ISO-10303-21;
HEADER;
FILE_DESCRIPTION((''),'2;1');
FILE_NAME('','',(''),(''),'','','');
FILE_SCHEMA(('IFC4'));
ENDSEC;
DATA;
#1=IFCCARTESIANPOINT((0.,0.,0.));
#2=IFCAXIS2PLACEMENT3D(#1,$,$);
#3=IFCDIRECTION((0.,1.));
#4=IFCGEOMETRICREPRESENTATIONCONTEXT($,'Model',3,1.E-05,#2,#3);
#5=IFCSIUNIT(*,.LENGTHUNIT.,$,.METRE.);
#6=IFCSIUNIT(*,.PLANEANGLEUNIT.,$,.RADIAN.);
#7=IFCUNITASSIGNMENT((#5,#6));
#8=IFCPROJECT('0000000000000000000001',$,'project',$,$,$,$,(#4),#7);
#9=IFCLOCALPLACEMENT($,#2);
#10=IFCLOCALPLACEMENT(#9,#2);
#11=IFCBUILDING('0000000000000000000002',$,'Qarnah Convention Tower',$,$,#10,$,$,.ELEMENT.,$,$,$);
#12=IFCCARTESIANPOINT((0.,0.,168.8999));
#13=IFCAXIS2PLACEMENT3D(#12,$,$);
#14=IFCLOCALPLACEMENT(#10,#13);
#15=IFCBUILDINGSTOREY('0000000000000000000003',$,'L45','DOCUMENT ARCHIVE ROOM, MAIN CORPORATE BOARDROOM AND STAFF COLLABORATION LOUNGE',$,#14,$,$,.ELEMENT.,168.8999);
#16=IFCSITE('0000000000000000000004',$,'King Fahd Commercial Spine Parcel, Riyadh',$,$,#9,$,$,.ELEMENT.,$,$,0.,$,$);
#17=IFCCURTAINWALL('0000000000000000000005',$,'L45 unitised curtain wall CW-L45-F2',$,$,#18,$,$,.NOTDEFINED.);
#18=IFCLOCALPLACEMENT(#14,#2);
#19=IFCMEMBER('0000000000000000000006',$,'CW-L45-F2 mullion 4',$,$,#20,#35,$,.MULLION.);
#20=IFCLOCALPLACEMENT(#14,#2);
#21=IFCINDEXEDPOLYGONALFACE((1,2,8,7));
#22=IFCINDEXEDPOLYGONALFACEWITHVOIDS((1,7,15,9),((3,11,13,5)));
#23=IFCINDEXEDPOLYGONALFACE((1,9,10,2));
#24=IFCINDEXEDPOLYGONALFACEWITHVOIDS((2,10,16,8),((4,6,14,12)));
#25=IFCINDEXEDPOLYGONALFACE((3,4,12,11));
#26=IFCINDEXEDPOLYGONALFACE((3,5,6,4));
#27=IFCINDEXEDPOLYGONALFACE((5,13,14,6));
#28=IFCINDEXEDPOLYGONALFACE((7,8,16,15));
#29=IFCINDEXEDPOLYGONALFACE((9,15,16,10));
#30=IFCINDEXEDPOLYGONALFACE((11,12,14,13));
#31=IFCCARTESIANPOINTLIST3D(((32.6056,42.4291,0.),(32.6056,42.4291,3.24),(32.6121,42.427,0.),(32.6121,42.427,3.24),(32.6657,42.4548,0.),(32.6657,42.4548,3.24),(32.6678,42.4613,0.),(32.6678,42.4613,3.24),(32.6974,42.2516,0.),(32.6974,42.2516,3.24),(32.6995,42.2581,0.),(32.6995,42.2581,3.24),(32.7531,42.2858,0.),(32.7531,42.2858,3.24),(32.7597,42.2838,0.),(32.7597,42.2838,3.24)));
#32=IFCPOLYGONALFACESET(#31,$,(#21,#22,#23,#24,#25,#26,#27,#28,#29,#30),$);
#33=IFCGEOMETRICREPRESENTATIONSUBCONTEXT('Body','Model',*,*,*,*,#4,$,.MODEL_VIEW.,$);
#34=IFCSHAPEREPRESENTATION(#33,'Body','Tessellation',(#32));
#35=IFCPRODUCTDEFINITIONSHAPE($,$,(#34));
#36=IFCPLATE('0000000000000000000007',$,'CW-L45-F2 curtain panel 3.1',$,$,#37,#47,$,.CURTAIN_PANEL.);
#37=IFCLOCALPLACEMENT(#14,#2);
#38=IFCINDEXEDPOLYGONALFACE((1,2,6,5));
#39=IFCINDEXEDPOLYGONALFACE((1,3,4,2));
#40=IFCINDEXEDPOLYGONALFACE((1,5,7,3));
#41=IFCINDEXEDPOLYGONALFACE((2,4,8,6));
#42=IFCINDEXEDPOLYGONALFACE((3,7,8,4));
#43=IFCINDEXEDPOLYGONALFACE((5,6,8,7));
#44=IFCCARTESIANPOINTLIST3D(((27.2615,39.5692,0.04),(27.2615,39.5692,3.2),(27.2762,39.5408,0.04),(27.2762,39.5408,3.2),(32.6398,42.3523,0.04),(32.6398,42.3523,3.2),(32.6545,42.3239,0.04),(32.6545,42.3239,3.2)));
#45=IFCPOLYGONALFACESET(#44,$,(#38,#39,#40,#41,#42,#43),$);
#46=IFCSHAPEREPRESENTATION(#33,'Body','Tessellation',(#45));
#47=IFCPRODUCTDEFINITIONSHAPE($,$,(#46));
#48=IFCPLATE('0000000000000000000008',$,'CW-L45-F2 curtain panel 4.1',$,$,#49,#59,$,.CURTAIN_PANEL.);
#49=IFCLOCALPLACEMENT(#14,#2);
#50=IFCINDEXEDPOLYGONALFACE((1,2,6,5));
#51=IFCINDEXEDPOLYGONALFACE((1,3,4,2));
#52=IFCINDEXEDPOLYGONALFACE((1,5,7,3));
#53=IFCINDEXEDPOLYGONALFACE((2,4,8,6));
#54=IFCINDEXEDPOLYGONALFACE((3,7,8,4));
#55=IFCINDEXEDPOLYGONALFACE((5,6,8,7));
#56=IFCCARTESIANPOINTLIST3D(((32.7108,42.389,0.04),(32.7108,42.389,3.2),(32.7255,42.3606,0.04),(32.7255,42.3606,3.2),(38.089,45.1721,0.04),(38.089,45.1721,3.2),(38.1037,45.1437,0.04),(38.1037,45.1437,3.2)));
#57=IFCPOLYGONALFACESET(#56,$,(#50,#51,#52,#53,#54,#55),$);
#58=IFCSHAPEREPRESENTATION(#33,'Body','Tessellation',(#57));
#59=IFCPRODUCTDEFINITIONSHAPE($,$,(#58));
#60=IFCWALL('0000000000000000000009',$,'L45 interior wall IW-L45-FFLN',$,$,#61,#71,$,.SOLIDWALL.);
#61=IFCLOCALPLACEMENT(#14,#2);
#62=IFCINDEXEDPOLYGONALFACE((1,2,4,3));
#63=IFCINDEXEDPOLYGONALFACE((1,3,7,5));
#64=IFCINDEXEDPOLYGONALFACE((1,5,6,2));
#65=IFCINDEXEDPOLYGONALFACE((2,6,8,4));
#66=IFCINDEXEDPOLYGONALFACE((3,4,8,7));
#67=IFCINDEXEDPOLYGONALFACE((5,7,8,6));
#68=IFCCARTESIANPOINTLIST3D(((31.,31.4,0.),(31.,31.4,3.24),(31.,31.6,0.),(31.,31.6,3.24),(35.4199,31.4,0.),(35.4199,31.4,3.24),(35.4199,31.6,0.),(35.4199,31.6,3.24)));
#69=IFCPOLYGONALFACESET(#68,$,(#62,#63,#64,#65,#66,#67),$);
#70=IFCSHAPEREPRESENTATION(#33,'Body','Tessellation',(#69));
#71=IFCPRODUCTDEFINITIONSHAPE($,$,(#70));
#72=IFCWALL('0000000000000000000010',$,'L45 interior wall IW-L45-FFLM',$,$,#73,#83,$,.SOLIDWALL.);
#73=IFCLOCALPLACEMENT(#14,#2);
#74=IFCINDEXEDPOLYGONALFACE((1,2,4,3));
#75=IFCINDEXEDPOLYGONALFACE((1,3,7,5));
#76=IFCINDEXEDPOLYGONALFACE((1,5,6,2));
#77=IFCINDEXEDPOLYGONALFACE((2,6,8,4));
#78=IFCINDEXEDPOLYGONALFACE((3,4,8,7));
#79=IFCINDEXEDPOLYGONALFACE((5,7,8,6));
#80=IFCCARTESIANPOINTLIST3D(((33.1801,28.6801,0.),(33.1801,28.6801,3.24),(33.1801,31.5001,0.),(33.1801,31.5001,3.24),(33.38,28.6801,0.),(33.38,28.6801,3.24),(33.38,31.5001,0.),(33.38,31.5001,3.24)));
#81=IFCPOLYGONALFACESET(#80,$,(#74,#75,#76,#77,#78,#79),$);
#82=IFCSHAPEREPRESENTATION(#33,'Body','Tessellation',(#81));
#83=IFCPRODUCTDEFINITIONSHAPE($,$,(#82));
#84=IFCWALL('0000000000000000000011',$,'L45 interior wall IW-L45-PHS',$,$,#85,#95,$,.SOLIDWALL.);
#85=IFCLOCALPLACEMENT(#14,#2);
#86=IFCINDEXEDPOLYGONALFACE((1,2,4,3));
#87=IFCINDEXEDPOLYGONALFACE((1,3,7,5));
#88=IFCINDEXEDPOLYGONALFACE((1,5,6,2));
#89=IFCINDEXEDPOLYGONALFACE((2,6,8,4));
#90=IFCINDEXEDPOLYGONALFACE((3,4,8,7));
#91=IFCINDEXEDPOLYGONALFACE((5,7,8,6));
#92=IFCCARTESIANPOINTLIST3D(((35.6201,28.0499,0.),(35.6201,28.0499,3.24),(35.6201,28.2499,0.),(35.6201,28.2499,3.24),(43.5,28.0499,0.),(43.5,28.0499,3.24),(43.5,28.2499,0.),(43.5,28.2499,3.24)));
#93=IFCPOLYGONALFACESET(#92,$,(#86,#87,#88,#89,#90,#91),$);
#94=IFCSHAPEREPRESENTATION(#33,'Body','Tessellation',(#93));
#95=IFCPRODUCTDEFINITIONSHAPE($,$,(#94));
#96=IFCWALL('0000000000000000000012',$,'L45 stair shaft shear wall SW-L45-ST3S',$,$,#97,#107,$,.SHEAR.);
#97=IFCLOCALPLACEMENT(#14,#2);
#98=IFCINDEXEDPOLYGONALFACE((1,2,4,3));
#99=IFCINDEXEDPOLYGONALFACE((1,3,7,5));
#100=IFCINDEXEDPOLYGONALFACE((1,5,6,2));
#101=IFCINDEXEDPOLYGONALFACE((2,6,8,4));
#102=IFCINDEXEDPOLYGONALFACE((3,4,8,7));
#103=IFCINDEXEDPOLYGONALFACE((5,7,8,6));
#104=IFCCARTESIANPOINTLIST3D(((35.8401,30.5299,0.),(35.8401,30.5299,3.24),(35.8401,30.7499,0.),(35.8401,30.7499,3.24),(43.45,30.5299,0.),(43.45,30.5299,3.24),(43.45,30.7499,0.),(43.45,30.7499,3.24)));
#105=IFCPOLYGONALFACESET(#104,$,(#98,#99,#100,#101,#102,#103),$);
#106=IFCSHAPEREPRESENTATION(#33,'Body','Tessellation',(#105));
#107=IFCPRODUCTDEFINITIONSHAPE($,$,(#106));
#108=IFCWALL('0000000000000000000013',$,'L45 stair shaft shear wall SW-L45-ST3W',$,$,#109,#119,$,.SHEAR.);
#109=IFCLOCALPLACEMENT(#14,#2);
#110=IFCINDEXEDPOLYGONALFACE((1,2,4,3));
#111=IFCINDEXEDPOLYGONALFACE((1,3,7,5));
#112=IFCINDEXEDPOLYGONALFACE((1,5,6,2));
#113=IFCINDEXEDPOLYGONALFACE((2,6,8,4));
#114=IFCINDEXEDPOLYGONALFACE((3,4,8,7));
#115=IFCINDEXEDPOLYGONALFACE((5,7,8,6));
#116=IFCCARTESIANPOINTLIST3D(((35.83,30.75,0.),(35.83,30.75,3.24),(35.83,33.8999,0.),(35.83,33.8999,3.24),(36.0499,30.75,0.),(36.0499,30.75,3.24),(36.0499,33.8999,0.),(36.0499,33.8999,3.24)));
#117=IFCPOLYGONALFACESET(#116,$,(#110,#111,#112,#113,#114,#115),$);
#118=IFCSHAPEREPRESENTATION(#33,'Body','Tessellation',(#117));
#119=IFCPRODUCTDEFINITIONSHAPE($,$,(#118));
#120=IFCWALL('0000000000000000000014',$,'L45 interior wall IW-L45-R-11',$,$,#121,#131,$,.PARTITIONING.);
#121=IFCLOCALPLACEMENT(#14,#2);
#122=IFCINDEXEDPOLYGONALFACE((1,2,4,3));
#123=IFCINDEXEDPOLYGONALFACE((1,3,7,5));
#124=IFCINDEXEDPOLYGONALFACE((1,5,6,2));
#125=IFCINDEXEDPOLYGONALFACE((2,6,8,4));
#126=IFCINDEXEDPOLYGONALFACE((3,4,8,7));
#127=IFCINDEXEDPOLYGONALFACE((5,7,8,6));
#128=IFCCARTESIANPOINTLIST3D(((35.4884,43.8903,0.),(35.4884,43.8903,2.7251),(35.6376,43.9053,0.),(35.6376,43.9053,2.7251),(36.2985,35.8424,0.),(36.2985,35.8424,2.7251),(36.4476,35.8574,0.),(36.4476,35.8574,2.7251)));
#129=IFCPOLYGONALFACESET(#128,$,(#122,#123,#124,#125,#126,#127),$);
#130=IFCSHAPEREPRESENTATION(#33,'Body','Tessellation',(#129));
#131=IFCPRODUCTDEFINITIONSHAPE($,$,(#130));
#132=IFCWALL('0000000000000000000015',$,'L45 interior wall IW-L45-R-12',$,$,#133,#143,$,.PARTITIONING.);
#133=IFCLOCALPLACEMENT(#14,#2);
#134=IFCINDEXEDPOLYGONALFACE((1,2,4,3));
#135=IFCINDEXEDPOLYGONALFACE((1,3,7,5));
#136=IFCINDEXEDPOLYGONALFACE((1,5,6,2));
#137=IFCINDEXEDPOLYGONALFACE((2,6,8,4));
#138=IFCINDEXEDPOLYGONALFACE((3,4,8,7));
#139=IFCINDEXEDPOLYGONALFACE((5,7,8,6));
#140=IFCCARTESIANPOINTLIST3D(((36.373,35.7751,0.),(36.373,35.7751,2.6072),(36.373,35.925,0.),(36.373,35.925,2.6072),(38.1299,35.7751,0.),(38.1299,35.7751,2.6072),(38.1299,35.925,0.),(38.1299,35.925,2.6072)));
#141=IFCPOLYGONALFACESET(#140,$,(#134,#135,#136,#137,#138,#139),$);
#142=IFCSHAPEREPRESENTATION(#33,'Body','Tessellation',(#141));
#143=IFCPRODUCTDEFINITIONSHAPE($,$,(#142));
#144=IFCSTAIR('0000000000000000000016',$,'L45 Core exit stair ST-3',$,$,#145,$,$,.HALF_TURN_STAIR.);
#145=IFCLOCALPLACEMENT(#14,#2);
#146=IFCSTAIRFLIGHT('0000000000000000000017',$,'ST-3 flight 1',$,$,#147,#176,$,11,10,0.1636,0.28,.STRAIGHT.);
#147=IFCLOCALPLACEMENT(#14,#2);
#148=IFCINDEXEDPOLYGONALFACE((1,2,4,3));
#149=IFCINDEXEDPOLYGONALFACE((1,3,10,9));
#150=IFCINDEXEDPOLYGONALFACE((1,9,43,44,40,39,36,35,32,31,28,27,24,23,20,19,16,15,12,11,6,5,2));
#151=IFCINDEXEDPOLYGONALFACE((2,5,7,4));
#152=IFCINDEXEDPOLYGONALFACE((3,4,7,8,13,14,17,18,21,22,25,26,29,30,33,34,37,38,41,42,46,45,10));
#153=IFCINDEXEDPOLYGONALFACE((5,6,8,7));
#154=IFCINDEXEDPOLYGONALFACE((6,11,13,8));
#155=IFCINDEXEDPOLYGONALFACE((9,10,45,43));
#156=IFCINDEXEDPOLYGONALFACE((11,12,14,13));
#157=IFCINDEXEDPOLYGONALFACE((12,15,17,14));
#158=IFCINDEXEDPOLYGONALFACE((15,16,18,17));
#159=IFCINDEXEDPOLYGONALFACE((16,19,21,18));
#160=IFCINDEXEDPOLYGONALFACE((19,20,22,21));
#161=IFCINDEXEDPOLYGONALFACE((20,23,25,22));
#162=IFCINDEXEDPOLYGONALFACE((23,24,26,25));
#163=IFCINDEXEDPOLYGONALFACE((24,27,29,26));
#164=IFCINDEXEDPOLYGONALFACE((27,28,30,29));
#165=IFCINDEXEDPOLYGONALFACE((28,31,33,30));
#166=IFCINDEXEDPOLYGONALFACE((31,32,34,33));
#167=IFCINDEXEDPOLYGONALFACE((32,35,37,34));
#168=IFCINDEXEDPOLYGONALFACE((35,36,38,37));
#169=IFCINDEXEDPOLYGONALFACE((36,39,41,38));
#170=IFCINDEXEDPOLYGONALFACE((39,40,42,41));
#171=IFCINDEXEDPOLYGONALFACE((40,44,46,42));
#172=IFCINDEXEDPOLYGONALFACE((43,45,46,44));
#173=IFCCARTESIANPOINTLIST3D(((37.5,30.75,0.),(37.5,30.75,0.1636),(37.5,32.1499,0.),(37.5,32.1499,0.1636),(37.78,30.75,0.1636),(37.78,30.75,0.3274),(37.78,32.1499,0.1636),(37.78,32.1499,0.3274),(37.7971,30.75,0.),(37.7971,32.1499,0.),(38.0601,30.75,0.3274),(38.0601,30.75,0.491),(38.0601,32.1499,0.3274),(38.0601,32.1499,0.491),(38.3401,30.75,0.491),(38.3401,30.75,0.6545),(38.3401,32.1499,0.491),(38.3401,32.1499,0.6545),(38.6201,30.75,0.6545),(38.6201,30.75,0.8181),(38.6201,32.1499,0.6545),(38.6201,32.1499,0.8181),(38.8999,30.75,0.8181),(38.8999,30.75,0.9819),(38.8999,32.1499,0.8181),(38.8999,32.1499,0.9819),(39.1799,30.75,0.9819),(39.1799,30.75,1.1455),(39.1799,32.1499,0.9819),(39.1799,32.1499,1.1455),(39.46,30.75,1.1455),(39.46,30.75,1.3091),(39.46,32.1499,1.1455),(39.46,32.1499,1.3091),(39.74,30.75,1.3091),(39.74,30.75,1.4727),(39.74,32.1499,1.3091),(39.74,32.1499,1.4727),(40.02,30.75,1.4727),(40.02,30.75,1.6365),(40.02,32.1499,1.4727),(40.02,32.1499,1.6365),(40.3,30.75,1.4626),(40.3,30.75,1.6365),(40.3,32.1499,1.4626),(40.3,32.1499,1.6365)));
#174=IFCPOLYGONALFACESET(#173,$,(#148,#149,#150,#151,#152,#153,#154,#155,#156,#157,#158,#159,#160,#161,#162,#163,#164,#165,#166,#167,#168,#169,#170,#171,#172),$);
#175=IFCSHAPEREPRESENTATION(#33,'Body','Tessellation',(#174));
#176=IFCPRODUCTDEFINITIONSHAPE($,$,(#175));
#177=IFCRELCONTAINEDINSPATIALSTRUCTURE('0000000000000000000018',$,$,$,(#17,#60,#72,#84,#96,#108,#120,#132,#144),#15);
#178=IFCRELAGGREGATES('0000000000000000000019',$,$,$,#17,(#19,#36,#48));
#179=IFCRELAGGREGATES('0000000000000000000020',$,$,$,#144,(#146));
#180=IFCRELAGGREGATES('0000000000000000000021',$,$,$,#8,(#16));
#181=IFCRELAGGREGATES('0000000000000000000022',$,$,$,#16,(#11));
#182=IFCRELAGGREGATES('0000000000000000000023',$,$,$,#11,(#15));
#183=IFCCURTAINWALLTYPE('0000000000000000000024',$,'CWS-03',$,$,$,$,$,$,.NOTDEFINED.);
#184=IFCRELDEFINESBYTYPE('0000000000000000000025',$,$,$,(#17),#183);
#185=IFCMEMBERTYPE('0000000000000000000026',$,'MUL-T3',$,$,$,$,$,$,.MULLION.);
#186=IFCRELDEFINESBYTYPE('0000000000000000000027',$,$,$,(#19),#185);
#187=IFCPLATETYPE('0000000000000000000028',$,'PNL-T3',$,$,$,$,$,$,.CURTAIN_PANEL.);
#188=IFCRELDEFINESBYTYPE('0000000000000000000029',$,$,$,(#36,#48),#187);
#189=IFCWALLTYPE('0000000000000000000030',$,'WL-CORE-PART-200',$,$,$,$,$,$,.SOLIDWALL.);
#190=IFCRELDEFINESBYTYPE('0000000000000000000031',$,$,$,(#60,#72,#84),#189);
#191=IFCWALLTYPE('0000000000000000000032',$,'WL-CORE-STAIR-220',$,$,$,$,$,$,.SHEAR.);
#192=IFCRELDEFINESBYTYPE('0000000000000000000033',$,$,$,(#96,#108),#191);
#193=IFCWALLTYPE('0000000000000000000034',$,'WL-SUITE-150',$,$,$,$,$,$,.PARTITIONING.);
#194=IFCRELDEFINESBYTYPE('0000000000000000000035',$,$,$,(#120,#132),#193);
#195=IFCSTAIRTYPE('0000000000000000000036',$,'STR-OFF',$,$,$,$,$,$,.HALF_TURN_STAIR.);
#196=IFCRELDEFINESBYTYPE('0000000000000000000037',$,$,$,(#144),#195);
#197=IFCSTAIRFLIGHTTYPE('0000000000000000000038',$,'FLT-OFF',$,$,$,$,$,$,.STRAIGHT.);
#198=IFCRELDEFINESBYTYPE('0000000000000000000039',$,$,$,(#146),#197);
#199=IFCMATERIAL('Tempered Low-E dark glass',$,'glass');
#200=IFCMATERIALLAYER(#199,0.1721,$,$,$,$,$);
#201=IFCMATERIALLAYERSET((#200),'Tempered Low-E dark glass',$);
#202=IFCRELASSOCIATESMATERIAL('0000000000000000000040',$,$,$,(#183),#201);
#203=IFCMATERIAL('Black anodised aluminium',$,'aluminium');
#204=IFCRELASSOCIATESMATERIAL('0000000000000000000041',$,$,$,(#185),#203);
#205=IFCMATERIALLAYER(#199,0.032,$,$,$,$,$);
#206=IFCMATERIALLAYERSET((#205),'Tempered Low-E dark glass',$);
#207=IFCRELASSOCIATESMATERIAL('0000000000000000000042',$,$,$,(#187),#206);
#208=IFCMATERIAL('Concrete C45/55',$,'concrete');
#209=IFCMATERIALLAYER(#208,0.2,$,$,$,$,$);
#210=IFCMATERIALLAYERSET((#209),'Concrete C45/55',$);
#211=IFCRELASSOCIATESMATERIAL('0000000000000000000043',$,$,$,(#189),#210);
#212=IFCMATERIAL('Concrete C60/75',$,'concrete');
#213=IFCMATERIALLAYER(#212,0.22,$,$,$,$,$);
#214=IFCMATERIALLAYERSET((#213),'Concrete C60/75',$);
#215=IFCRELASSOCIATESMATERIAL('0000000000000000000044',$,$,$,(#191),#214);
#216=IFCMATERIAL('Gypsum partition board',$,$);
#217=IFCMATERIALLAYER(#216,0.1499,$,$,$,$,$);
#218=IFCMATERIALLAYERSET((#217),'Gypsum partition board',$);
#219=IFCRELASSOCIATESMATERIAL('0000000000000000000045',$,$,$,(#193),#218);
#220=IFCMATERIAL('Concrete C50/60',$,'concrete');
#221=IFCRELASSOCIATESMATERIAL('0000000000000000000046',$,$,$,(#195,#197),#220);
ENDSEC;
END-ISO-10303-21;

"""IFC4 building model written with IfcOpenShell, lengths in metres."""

from ifc_helpers import new_model, si_unit, direction, frame, frame_2d, origin, origin_2d, place, context, subcontext, project, spatial, polyline, rectangle, hollow_rectangle, outline, extrude, material, layer, layer_set, material_profile, profile_set, type_object, element, aggregate, save


model = new_model("IFC4")

# Units and contexts
model_context = context("Model", 3, precision=1e-05, world=origin(), true_north=direction((0.0, 1.0)))
body_context = subcontext(model_context, "Body", "Model", "MODEL_VIEW")
ifc_project = project(units=[si_unit("LENGTHUNIT", "METRE"), si_unit("PLANEANGLEUNIT", "RADIAN")], contexts=[model_context])

# Site, building, storey
site_placement = place(None, origin())
site = spatial("IfcSite", under=ifc_project, at=site_placement, Name="King Fahd Commercial Spine Parcel, Riyadh", CompositionType="ELEMENT", RefElevation=0.0)
building_placement = place(site_placement, origin())
building = spatial("IfcBuilding", under=site, at=building_placement, Name="Qarnah Convention Tower", CompositionType="ELEMENT")
storey_placement = place(building_placement, frame((0.0, 0.0, 168.8999)))
storey = spatial("IfcBuildingStorey", under=building, at=storey_placement, Name="L45", Description="DOCUMENT ARCHIVE ROOM, MAIN CORPORATE BOARDROOM AND STAFF COLLABORATION LOUNGE", CompositionType="ELEMENT", Elevation=168.8999)

# Shared definitions
ifc_material_1 = material(Name="Concrete C60/75", Category="concrete")

# Curtain wall, member, plates
ifc_material_2 = material(Name="Tempered Low-E dark glass", Category="glass")
ifc_layer_1 = layer(ifc_material_2, 0.1721)
ifc_layer_set_1 = layer_set([ifc_layer_1], Name="Tempered Low-E dark glass")
curtain_wall_type = type_object("IfcCurtainWallType", Name="CWS-03", PredefinedType="NOTDEFINED", material=ifc_layer_set_1)
curtain_wall_placement = place(storey_placement, origin())
curtain_wall = element("IfcCurtainWall", 1, at=curtain_wall_placement, inside=storey, type_object=curtain_wall_type, Name="L45 unitised curtain wall CW-L45-F2", PredefinedType="NOTDEFINED")
ifc_material_3 = material(Name="Black anodised aluminium", Category="aluminium")
ifc_material_profile_1 = material_profile(ifc_material_3, hollow_rectangle(XDim=0.0701, YDim=0.2, WallThickness=0.0049, at=origin_2d()), Name="MUL-70X200")
ifc_profile_set_1 = profile_set([ifc_material_profile_1], Name="Black anodised aluminium")
member_type = type_object("IfcMemberType", Name="MUL-T3", PredefinedType="MULLION", material=ifc_profile_set_1)
member_placement = place(storey_placement, frame((32.6826, 42.3564, 0.0), z_axis=(0.0, 0.0, 1.0), x_axis=(0.888135, 0.459583, 0.0)))
member = element("IfcMember", 2, at=member_placement, type_object=member_type, Name="CW-L45-F2 mullion 4", PredefinedType="MULLION", context=body_context, shape_type="SweptSolid", body=[
    extrude(hollow_rectangle(XDim=0.0701, YDim=0.2, WallThickness=0.0049, at=origin_2d()), origin(), (0.0, 0.0, 1.0), 3.24),
])
ifc_layer_2 = layer(ifc_material_2, 0.032)
ifc_layer_set_2 = layer_set([ifc_layer_2], Name="Tempered Low-E dark glass")
plate_type = type_object("IfcPlateType", Name="PNL-T3", PredefinedType="CURTAIN_PANEL", material=ifc_layer_set_2)
plate_1_placement = place(storey_placement, frame((29.958, 40.9465, 0.04), z_axis=(0.0, 0.0, 1.0), x_axis=(0.888135, 0.459583, 0.0)))
plate_1 = element("IfcPlate", 3, at=plate_1_placement, type_object=plate_type, Name="CW-L45-F2 curtain panel 3.1", PredefinedType="CURTAIN_PANEL", context=body_context, shape_type="SweptSolid", body=[
    extrude(rectangle(XDim=6.0557, YDim=0.032, at=origin_2d()), origin(), (0.0, 0.0, 1.0), 3.1599),
])
plate_2_placement = place(storey_placement, frame((35.4072, 43.7664, 0.04), z_axis=(0.0, 0.0, 1.0), x_axis=(0.888135, 0.459583, 0.0)))
plate_2 = element("IfcPlate", 4, at=plate_2_placement, type_object=plate_type, Name="CW-L45-F2 curtain panel 4.1", PredefinedType="CURTAIN_PANEL", context=body_context, shape_type="SweptSolid", body=[
    extrude(rectangle(XDim=6.0557, YDim=0.032, at=origin_2d()), origin(), (0.0, 0.0, 1.0), 3.1599),
])
aggregate(curtain_wall, [member, plate_1, plate_2])

# Shared definitions
ifc_material_4 = material(Name="Concrete C45/55", Category="concrete")
ifc_layer_3 = layer(ifc_material_4, 0.2)
ifc_layer_set_3 = layer_set([ifc_layer_3], Name="Concrete C45/55")
wall_type_1 = type_object("IfcWallType", Name="WL-CORE-PART-200", PredefinedType="SOLIDWALL", material=ifc_layer_set_3)

# Walls
wall_1_placement = place(storey_placement, frame((31.0, 31.5, 0.0), z_axis=(0.0, 0.0, 1.0), x_axis=(1.0, 0.0, 0.0)))
element("IfcWall", 5, at=wall_1_placement, inside=storey, type_object=wall_type_1, Name="L45 interior wall IW-L45-FFLN", PredefinedType="SOLIDWALL", context=body_context, shape_type="SweptSolid", body=[
    extrude(rectangle(XDim=4.4199, YDim=0.2, at=frame_2d((2.21, 0.0))), origin(), (0.0, 0.0, 1.0), 3.24),
])
wall_2_placement = place(storey_placement, frame((33.28, 28.6799, 0.0), z_axis=(0.0, 0.0, 1.0), x_axis=(0.0, 1.0, 0.0)))
element("IfcWall", 6, at=wall_2_placement, inside=storey, type_object=wall_type_1, Name="L45 interior wall IW-L45-FFLM", PredefinedType="SOLIDWALL", context=body_context, shape_type="SweptSolid", body=[
    extrude(rectangle(XDim=2.8201, YDim=0.2, at=frame_2d((1.4102, 0.0))), origin(), (0.0, 0.0, 1.0), 3.24),
])
wall_3_placement = place(storey_placement, frame((35.6201, 28.1499, 0.0), z_axis=(0.0, 0.0, 1.0), x_axis=(1.0, 0.0, 0.0)))
element("IfcWall", 7, at=wall_3_placement, inside=storey, type_object=wall_type_1, Name="L45 interior wall IW-L45-PHS", PredefinedType="SOLIDWALL", context=body_context, shape_type="SweptSolid", body=[
    extrude(rectangle(XDim=7.8799, YDim=0.2, at=frame_2d((3.9399, 0.0))), origin(), (0.0, 0.0, 1.0), 3.24),
])

# Walls
ifc_layer_4 = layer(ifc_material_1, 0.22)
ifc_layer_set_4 = layer_set([ifc_layer_4], Name="Concrete C60/75")
wall_type_2 = type_object("IfcWallType", Name="WL-CORE-STAIR-220", PredefinedType="SHEAR", material=ifc_layer_set_4)
wall_4_placement = place(storey_placement, frame((35.8401, 30.6399, 0.0), z_axis=(0.0, 0.0, 1.0), x_axis=(1.0, 0.0, 0.0)))
element("IfcWall", 8, at=wall_4_placement, inside=storey, type_object=wall_type_2, Name="L45 stair shaft shear wall SW-L45-ST3S", PredefinedType="SHEAR", context=body_context, shape_type="SweptSolid", body=[
    extrude(rectangle(XDim=7.6099, YDim=0.22, at=frame_2d((3.8049, 0.0))), origin(), (0.0, 0.0, 1.0), 3.24),
])
wall_5_placement = place(storey_placement, frame((35.9399, 30.75, 0.0), z_axis=(0.0, 0.0, 1.0), x_axis=(0.0, 1.0, 0.0)))
element("IfcWall", 9, at=wall_5_placement, inside=storey, type_object=wall_type_2, Name="L45 stair shaft shear wall SW-L45-ST3W", PredefinedType="SHEAR", context=body_context, shape_type="SweptSolid", body=[
    extrude(rectangle(XDim=3.1499, YDim=0.22, at=frame_2d((1.575, 0.0))), origin(), (0.0, 0.0, 1.0), 3.24),
])
ifc_material_5 = material(Name="Gypsum partition board")
ifc_layer_5 = layer(ifc_material_5, 0.1499)
ifc_layer_set_5 = layer_set([ifc_layer_5], Name="Gypsum partition board")
wall_type_3 = type_object("IfcWallType", Name="WL-SUITE-150", PredefinedType="PARTITIONING", material=ifc_layer_set_5)
wall_6_placement = place(storey_placement, frame((35.563, 43.8979, 0.0), z_axis=(0.0, 0.0, 1.0), x_axis=(0.100149, -0.994972, 0.0)))
element("IfcWall", 10, at=wall_6_placement, inside=storey, type_object=wall_type_3, Name="L45 interior wall IW-L45-R-11", PredefinedType="PARTITIONING", context=body_context, shape_type="SweptSolid", body=[
    extrude(rectangle(XDim=8.0886, YDim=0.1499, at=frame_2d((4.0444, 0.0))), origin(), (0.0, 0.0, 1.0), 2.7251),
])
wall_7_placement = place(storey_placement, frame((36.373, 35.8501, 0.0), z_axis=(0.0, 0.0, 1.0), x_axis=(1.0, 0.0, 0.0)))
element("IfcWall", 11, at=wall_7_placement, inside=storey, type_object=wall_type_3, Name="L45 interior wall IW-L45-R-12", PredefinedType="PARTITIONING", context=body_context, shape_type="SweptSolid", body=[
    extrude(rectangle(XDim=1.7568, YDim=0.1499, at=frame_2d((0.8784, 0.0))), origin(), (0.0, 0.0, 1.0), 2.6072),
])

# Stair, stair flight
ifc_material_6 = material(Name="Concrete C50/60", Category="concrete")
stair_type = type_object("IfcStairType", Name="STR-OFF", PredefinedType="HALF_TURN_STAIR", material=ifc_material_6)
stair_placement = place(storey_placement, origin())
stair = element("IfcStair", 12, at=stair_placement, inside=storey, type_object=stair_type, Name="L45 Core exit stair ST-3", PredefinedType="HALF_TURN_STAIR")
stair_flight_type = type_object("IfcStairFlightType", Name="FLT-OFF", PredefinedType="STRAIGHT", material=ifc_material_6)
stair_flight_placement = place(storey_placement, frame((37.5, 31.45, 0.0), z_axis=(0.0, 0.0, 1.0), x_axis=(1.0, 0.0, 0.0)))
stair_flight = element("IfcStairFlight", 13, at=stair_flight_placement, type_object=stair_flight_type, Name="ST-3 flight 1", NumberOfRisers=11, NumberOfTreads=10, PredefinedType="STRAIGHT", RiserHeight=0.1636, TreadLength=0.28, context=body_context, shape_type="SweptSolid", body=[
    extrude(outline(polyline([(0.0, 0.0), (0.0, 0.1636), (0.28, 0.1636), (0.28, 0.3274), (0.5601, 0.3274), (0.5601, 0.491), (0.8401, 0.491), (0.8401, 0.6545), (1.1201, 0.6545), (1.1201, 0.8181), (1.3999, 0.8181), (1.3999, 0.9819), (1.6799, 0.9819), (1.6799, 1.1455), (1.96, 1.1455), (1.96, 1.3091), (2.24, 1.3091), (2.24, 1.4727), (2.52, 1.4727), (2.52, 1.6365), (2.8, 1.6365), (2.8, 1.8), (2.8, 1.4626), (0.2971, 0.0), (0.0, 0.0)])), frame((0.0, 0.7, 0.0), z_axis=(0.0, -1.0, 0.0), x_axis=(1.0, 0.0, 0.0)), (0.0, 0.0, 1.0), 1.3999),
])
aggregate(stair, [stair_flight])

save(model, "model.ifc")
